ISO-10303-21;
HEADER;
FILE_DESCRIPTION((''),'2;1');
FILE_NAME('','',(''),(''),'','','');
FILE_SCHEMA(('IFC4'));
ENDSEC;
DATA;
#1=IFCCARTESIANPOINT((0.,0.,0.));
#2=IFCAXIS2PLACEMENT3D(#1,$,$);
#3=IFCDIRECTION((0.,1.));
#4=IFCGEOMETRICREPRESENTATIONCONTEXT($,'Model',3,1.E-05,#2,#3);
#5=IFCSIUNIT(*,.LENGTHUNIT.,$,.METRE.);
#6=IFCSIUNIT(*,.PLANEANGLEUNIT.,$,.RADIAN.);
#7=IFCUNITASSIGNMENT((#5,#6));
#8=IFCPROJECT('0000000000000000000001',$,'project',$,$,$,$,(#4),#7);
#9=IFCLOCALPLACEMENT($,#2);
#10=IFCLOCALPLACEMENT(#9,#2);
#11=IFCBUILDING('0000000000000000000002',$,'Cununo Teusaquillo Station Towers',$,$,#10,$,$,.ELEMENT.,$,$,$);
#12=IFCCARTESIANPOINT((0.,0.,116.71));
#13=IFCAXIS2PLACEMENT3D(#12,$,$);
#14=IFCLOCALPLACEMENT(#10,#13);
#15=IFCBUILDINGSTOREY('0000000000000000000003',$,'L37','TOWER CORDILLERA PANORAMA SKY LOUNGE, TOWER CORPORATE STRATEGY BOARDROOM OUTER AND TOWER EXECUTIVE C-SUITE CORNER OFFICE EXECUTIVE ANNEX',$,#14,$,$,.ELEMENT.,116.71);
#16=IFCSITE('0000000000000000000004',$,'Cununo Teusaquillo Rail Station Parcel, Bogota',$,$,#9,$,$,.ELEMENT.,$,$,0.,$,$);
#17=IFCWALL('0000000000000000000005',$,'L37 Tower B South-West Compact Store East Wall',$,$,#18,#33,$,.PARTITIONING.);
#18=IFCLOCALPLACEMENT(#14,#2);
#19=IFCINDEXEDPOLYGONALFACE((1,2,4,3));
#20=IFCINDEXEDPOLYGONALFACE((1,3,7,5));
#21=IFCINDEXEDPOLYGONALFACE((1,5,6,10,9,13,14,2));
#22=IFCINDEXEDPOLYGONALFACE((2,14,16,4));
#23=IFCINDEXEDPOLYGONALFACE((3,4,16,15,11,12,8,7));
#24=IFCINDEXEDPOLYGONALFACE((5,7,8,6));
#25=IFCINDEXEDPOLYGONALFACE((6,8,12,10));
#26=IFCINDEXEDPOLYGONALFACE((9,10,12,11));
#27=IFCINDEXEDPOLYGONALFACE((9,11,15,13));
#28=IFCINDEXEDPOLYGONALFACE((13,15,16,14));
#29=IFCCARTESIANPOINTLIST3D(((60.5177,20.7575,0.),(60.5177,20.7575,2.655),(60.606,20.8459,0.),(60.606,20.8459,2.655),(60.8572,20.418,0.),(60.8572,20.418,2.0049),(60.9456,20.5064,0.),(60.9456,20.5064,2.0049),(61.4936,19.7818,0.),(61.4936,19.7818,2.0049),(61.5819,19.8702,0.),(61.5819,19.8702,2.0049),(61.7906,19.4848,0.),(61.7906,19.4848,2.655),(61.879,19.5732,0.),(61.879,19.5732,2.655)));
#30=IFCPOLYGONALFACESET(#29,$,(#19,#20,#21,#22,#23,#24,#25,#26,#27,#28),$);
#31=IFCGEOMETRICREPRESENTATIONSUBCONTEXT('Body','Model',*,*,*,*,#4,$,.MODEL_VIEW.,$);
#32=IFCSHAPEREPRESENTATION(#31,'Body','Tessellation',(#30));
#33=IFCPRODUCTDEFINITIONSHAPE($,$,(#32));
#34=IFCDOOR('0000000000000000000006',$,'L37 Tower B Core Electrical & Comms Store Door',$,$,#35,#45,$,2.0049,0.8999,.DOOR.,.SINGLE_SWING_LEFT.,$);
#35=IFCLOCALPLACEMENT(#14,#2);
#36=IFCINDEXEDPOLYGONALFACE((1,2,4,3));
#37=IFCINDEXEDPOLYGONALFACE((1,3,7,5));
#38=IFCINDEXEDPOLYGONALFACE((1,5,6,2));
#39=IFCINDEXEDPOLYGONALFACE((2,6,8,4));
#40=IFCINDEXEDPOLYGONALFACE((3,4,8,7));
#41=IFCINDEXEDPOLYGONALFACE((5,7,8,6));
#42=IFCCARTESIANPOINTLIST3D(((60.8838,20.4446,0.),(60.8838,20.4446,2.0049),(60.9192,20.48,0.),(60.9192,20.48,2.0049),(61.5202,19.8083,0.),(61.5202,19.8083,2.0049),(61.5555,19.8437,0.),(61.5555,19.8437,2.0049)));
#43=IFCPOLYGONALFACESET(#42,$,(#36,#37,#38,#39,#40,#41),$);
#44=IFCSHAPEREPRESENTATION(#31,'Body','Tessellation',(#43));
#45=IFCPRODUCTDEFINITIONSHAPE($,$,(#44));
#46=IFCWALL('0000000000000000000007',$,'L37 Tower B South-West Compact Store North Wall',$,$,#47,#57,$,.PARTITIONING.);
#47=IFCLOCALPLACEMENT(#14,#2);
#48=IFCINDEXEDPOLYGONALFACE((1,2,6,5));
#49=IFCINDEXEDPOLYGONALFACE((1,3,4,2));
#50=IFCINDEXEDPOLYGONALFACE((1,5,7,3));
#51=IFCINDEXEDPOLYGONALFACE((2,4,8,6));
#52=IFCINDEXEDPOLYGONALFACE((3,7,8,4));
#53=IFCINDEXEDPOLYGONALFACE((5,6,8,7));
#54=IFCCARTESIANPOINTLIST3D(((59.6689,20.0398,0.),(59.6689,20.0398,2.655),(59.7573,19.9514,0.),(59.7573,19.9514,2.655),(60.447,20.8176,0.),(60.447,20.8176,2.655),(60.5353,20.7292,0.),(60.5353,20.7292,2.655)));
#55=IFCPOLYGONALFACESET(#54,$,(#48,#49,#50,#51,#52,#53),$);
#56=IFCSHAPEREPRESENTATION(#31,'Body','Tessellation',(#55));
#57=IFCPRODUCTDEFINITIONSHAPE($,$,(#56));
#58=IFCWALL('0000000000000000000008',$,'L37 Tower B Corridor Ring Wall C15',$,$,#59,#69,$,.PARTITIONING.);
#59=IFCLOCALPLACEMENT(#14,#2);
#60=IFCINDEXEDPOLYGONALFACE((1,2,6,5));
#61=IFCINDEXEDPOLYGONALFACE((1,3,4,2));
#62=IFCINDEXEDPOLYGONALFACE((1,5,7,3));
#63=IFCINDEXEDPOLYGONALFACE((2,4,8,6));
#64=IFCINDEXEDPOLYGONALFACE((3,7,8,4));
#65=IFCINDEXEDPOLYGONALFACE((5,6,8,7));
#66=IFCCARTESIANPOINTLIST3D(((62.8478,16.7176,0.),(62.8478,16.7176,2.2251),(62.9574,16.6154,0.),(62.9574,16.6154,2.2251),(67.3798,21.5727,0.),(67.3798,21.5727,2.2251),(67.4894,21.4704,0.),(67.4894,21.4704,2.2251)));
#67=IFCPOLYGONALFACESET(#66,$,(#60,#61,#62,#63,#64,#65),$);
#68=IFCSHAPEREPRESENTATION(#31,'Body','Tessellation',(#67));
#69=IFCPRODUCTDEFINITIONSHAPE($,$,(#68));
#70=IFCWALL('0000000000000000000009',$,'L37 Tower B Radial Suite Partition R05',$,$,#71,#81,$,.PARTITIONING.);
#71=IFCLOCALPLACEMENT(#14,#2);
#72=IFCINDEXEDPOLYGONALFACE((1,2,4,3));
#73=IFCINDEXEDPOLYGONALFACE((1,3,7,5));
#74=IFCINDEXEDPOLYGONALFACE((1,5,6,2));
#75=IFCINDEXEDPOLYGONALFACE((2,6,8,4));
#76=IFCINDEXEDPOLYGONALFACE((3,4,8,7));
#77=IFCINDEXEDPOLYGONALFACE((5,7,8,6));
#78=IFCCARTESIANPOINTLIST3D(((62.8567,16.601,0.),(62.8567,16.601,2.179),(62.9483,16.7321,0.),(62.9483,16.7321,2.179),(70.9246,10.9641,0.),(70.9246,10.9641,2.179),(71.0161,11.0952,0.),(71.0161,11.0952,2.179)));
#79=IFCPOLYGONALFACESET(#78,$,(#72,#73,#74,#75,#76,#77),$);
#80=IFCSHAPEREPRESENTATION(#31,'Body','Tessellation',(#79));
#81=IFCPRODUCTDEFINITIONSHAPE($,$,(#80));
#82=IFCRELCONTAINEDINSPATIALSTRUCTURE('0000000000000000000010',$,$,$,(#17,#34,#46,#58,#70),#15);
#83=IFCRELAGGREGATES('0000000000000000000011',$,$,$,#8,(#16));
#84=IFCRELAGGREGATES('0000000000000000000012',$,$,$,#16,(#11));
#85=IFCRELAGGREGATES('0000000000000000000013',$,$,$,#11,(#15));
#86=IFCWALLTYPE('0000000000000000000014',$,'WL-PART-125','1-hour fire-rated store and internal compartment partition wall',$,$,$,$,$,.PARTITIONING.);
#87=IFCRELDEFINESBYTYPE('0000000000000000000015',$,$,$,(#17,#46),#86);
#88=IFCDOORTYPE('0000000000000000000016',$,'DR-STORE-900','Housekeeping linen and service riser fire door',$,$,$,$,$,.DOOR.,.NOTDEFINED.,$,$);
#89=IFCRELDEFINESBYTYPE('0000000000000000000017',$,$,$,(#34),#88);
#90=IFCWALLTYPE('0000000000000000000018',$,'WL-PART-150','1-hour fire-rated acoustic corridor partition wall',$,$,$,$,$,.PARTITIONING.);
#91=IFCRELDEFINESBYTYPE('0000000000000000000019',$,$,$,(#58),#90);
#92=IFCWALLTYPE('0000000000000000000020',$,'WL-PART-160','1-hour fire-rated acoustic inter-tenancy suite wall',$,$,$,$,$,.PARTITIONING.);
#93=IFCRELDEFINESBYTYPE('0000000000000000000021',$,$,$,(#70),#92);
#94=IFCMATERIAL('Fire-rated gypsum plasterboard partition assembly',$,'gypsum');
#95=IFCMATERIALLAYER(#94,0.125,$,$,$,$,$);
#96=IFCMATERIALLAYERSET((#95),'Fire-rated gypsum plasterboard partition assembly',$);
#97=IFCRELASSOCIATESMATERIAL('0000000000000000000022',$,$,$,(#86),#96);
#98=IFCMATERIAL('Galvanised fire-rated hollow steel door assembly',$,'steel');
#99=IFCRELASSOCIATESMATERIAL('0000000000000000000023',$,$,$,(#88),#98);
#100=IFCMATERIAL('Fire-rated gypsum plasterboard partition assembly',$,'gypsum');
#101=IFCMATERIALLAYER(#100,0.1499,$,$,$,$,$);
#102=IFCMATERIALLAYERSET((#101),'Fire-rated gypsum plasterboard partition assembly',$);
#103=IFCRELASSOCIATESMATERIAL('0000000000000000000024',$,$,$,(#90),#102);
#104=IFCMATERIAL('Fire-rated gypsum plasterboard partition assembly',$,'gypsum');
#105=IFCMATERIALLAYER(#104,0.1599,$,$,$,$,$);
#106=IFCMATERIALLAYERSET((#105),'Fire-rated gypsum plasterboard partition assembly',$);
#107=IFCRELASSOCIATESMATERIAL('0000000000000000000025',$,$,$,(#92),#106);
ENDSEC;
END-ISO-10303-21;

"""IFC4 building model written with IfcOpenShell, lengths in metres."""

from ifc_helpers import new_model, si_unit, direction, frame, frame_2d, origin, place, context, subcontext, project, spatial, rectangle, extrude, source, transform, mapped, material, layer, layer_set, type_object, element, fill, save


model = new_model("IFC4")

# Units and contexts
model_context = context("Model", 3, precision=1e-05, world=origin(), true_north=direction((0.0, 1.0)))
body_context = subcontext(model_context, "Body", "Model", "MODEL_VIEW")
ifc_project = project(units=[si_unit("LENGTHUNIT", "METRE"), si_unit("PLANEANGLEUNIT", "RADIAN")], contexts=[model_context])

# Site, building, storey
site_placement = place(None, origin())
site = spatial("IfcSite", under=ifc_project, at=site_placement, Name="Cununo Teusaquillo Rail Station Parcel, Bogota", CompositionType="ELEMENT", RefElevation=0.0)
building_placement = place(site_placement, origin())
building = spatial("IfcBuilding", under=site, at=building_placement, Name="Cununo Teusaquillo Station Towers", CompositionType="ELEMENT")
storey_placement = place(building_placement, frame((0.0, 0.0, 116.71)))
storey = spatial("IfcBuildingStorey", under=building, at=storey_placement, Name="L37", Description="TOWER CORDILLERA PANORAMA SKY LOUNGE, TOWER CORPORATE STRATEGY BOARDROOM OUTER AND TOWER EXECUTIVE C-SUITE CORNER OFFICE EXECUTIVE ANNEX", CompositionType="ELEMENT", Elevation=116.71)

# Wall, opening, door
ifc_material_1 = material(Name="Fire-rated gypsum plasterboard partition assembly", Category="gypsum")
ifc_layer_1 = layer(ifc_material_1, 0.125)
ifc_layer_set_1 = layer_set([ifc_layer_1], Name="Fire-rated gypsum plasterboard partition assembly")
wall_type_1 = type_object("IfcWallType", Name="WL-PART-125", Description="1-hour fire-rated store and internal compartment partition wall", PredefinedType="PARTITIONING", material=ifc_layer_set_1)
wall_1_placement = place(storey_placement, frame((61.8347, 19.5291, 0.0), z_axis=(0.0, 0.0, 1.0), x_axis=(-0.707175, 0.707039, 0.0)))
wall_1 = element("IfcWall", 1, at=wall_1_placement, inside=storey, type_object=wall_type_1, Name="L37 Tower B South-West Compact Store East Wall", PredefinedType="PARTITIONING", context=body_context, shape_type="SweptSolid", body=[
    extrude(rectangle(XDim=1.8, YDim=0.125, at=frame_2d((0.8999, 0.0))), origin(), (0.0, 0.0, 1.0), 2.655),
])
shared_shape_1 = source(origin(), body_context, "Body", "SweptSolid", [
    extrude(rectangle(XDim=0.8999, YDim=2.0049, at=frame_2d((0.45, 1.0024))), frame((0.0, 0.0725, 0.0), z_axis=(0.0, -1.0, 0.0), x_axis=(1.0, 0.0, 0.0)), (0.0, 0.0, 1.0), 0.145),
])
opening_1_placement = place(wall_1_placement, frame((0.4199, 0.0, 0.0)))
opening_1 = element("IfcOpeningElement", 2, at=opening_1_placement, cuts=wall_1, PredefinedType="OPENING", context=body_context, shape_type="MappedRepresentation", body=[
    mapped(shared_shape_1, transform((0.0, 0.0, 0.0), x_axis=(1.0, 0.0, 0.0), y_axis=(0.0, 1.0, 0.0), z_axis=(0.0, 0.0, 1.0), scale=1.0)),
])
ifc_material_2 = material(Name="Galvanised fire-rated hollow steel door assembly", Category="steel")
door_type_1 = type_object("IfcDoorType", Name="DR-STORE-900", Description="Housekeeping linen and service riser fire door", OperationType="NOTDEFINED", PredefinedType="DOOR", material=ifc_material_2)
shared_shape_2 = source(origin(), body_context, "Body", "SweptSolid", [
    extrude(rectangle(XDim=0.8999, YDim=2.0049, at=frame_2d((0.45, 1.0024))), frame((0.0, 0.0249, 0.0), z_axis=(0.0, -1.0, 0.0), x_axis=(1.0, 0.0, 0.0)), (0.0, 0.0, 1.0), 0.05),
])
door_1_placement = place(opening_1_placement, origin())
door_1 = element("IfcDoor", 3, at=door_1_placement, inside=storey, type_object=door_type_1, Name="L37 Tower B Core Electrical & Comms Store Door", OperationType="SINGLE_SWING_LEFT", OverallHeight=2.0049, OverallWidth=0.8999, PredefinedType="DOOR", context=body_context, shape_type="MappedRepresentation", body=[
    mapped(shared_shape_2, transform((0.0, 0.0, 0.0), x_axis=(1.0, 0.0, 0.0), y_axis=(0.0, 1.0, 0.0), z_axis=(0.0, 0.0, 1.0), scale=1.0)),
])
fill(opening_1, door_1)

# Walls
wall_2_placement = place(storey_placement, frame((59.7131, 19.9956, 0.0), z_axis=(0.0, 0.0, 1.0), x_axis=(0.707218, 0.706996, 0.0)))
element("IfcWall", 4, at=wall_2_placement, inside=storey, type_object=wall_type_1, Name="L37 Tower B South-West Compact Store North Wall", PredefinedType="PARTITIONING", context=body_context, shape_type="SweptSolid", body=[
    extrude(rectangle(XDim=1.1001, YDim=0.125, at=frame_2d((0.55, 0.0))), origin(), (0.0, 0.0, 1.0), 2.655),
])
ifc_material_3 = material(Name="Fire-rated gypsum plasterboard partition assembly", Category="gypsum")
ifc_layer_2 = layer(ifc_material_3, 0.1499)
ifc_layer_set_2 = layer_set([ifc_layer_2], Name="Fire-rated gypsum plasterboard partition assembly")
wall_type_2 = type_object("IfcWallType", Name="WL-PART-150", Description="1-hour fire-rated acoustic corridor partition wall", PredefinedType="PARTITIONING", material=ifc_layer_set_2)
wall_3_placement = place(storey_placement, frame((62.9026, 16.6665, 0.0), z_axis=(0.0, 0.0, 1.0), x_axis=(0.682372, 0.731005, 0.0)))
element("IfcWall", 5, at=wall_3_placement, inside=storey, type_object=wall_type_2, Name="L37 Tower B Corridor Ring Wall C15", PredefinedType="PARTITIONING", context=body_context, shape_type="SweptSolid", body=[
    extrude(rectangle(XDim=6.6416, YDim=0.1499, at=frame_2d((3.3208, 0.0))), origin(), (0.0, 0.0, 1.0), 2.2251),
])
ifc_material_4 = material(Name="Fire-rated gypsum plasterboard partition assembly", Category="gypsum")
ifc_layer_3 = layer(ifc_material_4, 0.1599)
ifc_layer_set_3 = layer_set([ifc_layer_3], Name="Fire-rated gypsum plasterboard partition assembly")
wall_type_3 = type_object("IfcWallType", Name="WL-PART-160", Description="1-hour fire-rated acoustic inter-tenancy suite wall", PredefinedType="PARTITIONING", material=ifc_layer_set_3)
wall_4_placement = place(storey_placement, frame((62.9026, 16.6665, 0.0), z_axis=(0.0, 0.0, 1.0), x_axis=(0.819735, -0.572743, 0.0)))
element("IfcWall", 6, at=wall_4_placement, inside=storey, type_object=wall_type_3, Name="L37 Tower B Radial Suite Partition R05", PredefinedType="PARTITIONING", context=body_context, shape_type="SweptSolid", body=[
    extrude(rectangle(XDim=9.842, YDim=0.1599, at=frame_2d((4.9209, 0.0))), origin(), (0.0, 0.0, 1.0), 2.179),
])

save(model, "model.ifc")
